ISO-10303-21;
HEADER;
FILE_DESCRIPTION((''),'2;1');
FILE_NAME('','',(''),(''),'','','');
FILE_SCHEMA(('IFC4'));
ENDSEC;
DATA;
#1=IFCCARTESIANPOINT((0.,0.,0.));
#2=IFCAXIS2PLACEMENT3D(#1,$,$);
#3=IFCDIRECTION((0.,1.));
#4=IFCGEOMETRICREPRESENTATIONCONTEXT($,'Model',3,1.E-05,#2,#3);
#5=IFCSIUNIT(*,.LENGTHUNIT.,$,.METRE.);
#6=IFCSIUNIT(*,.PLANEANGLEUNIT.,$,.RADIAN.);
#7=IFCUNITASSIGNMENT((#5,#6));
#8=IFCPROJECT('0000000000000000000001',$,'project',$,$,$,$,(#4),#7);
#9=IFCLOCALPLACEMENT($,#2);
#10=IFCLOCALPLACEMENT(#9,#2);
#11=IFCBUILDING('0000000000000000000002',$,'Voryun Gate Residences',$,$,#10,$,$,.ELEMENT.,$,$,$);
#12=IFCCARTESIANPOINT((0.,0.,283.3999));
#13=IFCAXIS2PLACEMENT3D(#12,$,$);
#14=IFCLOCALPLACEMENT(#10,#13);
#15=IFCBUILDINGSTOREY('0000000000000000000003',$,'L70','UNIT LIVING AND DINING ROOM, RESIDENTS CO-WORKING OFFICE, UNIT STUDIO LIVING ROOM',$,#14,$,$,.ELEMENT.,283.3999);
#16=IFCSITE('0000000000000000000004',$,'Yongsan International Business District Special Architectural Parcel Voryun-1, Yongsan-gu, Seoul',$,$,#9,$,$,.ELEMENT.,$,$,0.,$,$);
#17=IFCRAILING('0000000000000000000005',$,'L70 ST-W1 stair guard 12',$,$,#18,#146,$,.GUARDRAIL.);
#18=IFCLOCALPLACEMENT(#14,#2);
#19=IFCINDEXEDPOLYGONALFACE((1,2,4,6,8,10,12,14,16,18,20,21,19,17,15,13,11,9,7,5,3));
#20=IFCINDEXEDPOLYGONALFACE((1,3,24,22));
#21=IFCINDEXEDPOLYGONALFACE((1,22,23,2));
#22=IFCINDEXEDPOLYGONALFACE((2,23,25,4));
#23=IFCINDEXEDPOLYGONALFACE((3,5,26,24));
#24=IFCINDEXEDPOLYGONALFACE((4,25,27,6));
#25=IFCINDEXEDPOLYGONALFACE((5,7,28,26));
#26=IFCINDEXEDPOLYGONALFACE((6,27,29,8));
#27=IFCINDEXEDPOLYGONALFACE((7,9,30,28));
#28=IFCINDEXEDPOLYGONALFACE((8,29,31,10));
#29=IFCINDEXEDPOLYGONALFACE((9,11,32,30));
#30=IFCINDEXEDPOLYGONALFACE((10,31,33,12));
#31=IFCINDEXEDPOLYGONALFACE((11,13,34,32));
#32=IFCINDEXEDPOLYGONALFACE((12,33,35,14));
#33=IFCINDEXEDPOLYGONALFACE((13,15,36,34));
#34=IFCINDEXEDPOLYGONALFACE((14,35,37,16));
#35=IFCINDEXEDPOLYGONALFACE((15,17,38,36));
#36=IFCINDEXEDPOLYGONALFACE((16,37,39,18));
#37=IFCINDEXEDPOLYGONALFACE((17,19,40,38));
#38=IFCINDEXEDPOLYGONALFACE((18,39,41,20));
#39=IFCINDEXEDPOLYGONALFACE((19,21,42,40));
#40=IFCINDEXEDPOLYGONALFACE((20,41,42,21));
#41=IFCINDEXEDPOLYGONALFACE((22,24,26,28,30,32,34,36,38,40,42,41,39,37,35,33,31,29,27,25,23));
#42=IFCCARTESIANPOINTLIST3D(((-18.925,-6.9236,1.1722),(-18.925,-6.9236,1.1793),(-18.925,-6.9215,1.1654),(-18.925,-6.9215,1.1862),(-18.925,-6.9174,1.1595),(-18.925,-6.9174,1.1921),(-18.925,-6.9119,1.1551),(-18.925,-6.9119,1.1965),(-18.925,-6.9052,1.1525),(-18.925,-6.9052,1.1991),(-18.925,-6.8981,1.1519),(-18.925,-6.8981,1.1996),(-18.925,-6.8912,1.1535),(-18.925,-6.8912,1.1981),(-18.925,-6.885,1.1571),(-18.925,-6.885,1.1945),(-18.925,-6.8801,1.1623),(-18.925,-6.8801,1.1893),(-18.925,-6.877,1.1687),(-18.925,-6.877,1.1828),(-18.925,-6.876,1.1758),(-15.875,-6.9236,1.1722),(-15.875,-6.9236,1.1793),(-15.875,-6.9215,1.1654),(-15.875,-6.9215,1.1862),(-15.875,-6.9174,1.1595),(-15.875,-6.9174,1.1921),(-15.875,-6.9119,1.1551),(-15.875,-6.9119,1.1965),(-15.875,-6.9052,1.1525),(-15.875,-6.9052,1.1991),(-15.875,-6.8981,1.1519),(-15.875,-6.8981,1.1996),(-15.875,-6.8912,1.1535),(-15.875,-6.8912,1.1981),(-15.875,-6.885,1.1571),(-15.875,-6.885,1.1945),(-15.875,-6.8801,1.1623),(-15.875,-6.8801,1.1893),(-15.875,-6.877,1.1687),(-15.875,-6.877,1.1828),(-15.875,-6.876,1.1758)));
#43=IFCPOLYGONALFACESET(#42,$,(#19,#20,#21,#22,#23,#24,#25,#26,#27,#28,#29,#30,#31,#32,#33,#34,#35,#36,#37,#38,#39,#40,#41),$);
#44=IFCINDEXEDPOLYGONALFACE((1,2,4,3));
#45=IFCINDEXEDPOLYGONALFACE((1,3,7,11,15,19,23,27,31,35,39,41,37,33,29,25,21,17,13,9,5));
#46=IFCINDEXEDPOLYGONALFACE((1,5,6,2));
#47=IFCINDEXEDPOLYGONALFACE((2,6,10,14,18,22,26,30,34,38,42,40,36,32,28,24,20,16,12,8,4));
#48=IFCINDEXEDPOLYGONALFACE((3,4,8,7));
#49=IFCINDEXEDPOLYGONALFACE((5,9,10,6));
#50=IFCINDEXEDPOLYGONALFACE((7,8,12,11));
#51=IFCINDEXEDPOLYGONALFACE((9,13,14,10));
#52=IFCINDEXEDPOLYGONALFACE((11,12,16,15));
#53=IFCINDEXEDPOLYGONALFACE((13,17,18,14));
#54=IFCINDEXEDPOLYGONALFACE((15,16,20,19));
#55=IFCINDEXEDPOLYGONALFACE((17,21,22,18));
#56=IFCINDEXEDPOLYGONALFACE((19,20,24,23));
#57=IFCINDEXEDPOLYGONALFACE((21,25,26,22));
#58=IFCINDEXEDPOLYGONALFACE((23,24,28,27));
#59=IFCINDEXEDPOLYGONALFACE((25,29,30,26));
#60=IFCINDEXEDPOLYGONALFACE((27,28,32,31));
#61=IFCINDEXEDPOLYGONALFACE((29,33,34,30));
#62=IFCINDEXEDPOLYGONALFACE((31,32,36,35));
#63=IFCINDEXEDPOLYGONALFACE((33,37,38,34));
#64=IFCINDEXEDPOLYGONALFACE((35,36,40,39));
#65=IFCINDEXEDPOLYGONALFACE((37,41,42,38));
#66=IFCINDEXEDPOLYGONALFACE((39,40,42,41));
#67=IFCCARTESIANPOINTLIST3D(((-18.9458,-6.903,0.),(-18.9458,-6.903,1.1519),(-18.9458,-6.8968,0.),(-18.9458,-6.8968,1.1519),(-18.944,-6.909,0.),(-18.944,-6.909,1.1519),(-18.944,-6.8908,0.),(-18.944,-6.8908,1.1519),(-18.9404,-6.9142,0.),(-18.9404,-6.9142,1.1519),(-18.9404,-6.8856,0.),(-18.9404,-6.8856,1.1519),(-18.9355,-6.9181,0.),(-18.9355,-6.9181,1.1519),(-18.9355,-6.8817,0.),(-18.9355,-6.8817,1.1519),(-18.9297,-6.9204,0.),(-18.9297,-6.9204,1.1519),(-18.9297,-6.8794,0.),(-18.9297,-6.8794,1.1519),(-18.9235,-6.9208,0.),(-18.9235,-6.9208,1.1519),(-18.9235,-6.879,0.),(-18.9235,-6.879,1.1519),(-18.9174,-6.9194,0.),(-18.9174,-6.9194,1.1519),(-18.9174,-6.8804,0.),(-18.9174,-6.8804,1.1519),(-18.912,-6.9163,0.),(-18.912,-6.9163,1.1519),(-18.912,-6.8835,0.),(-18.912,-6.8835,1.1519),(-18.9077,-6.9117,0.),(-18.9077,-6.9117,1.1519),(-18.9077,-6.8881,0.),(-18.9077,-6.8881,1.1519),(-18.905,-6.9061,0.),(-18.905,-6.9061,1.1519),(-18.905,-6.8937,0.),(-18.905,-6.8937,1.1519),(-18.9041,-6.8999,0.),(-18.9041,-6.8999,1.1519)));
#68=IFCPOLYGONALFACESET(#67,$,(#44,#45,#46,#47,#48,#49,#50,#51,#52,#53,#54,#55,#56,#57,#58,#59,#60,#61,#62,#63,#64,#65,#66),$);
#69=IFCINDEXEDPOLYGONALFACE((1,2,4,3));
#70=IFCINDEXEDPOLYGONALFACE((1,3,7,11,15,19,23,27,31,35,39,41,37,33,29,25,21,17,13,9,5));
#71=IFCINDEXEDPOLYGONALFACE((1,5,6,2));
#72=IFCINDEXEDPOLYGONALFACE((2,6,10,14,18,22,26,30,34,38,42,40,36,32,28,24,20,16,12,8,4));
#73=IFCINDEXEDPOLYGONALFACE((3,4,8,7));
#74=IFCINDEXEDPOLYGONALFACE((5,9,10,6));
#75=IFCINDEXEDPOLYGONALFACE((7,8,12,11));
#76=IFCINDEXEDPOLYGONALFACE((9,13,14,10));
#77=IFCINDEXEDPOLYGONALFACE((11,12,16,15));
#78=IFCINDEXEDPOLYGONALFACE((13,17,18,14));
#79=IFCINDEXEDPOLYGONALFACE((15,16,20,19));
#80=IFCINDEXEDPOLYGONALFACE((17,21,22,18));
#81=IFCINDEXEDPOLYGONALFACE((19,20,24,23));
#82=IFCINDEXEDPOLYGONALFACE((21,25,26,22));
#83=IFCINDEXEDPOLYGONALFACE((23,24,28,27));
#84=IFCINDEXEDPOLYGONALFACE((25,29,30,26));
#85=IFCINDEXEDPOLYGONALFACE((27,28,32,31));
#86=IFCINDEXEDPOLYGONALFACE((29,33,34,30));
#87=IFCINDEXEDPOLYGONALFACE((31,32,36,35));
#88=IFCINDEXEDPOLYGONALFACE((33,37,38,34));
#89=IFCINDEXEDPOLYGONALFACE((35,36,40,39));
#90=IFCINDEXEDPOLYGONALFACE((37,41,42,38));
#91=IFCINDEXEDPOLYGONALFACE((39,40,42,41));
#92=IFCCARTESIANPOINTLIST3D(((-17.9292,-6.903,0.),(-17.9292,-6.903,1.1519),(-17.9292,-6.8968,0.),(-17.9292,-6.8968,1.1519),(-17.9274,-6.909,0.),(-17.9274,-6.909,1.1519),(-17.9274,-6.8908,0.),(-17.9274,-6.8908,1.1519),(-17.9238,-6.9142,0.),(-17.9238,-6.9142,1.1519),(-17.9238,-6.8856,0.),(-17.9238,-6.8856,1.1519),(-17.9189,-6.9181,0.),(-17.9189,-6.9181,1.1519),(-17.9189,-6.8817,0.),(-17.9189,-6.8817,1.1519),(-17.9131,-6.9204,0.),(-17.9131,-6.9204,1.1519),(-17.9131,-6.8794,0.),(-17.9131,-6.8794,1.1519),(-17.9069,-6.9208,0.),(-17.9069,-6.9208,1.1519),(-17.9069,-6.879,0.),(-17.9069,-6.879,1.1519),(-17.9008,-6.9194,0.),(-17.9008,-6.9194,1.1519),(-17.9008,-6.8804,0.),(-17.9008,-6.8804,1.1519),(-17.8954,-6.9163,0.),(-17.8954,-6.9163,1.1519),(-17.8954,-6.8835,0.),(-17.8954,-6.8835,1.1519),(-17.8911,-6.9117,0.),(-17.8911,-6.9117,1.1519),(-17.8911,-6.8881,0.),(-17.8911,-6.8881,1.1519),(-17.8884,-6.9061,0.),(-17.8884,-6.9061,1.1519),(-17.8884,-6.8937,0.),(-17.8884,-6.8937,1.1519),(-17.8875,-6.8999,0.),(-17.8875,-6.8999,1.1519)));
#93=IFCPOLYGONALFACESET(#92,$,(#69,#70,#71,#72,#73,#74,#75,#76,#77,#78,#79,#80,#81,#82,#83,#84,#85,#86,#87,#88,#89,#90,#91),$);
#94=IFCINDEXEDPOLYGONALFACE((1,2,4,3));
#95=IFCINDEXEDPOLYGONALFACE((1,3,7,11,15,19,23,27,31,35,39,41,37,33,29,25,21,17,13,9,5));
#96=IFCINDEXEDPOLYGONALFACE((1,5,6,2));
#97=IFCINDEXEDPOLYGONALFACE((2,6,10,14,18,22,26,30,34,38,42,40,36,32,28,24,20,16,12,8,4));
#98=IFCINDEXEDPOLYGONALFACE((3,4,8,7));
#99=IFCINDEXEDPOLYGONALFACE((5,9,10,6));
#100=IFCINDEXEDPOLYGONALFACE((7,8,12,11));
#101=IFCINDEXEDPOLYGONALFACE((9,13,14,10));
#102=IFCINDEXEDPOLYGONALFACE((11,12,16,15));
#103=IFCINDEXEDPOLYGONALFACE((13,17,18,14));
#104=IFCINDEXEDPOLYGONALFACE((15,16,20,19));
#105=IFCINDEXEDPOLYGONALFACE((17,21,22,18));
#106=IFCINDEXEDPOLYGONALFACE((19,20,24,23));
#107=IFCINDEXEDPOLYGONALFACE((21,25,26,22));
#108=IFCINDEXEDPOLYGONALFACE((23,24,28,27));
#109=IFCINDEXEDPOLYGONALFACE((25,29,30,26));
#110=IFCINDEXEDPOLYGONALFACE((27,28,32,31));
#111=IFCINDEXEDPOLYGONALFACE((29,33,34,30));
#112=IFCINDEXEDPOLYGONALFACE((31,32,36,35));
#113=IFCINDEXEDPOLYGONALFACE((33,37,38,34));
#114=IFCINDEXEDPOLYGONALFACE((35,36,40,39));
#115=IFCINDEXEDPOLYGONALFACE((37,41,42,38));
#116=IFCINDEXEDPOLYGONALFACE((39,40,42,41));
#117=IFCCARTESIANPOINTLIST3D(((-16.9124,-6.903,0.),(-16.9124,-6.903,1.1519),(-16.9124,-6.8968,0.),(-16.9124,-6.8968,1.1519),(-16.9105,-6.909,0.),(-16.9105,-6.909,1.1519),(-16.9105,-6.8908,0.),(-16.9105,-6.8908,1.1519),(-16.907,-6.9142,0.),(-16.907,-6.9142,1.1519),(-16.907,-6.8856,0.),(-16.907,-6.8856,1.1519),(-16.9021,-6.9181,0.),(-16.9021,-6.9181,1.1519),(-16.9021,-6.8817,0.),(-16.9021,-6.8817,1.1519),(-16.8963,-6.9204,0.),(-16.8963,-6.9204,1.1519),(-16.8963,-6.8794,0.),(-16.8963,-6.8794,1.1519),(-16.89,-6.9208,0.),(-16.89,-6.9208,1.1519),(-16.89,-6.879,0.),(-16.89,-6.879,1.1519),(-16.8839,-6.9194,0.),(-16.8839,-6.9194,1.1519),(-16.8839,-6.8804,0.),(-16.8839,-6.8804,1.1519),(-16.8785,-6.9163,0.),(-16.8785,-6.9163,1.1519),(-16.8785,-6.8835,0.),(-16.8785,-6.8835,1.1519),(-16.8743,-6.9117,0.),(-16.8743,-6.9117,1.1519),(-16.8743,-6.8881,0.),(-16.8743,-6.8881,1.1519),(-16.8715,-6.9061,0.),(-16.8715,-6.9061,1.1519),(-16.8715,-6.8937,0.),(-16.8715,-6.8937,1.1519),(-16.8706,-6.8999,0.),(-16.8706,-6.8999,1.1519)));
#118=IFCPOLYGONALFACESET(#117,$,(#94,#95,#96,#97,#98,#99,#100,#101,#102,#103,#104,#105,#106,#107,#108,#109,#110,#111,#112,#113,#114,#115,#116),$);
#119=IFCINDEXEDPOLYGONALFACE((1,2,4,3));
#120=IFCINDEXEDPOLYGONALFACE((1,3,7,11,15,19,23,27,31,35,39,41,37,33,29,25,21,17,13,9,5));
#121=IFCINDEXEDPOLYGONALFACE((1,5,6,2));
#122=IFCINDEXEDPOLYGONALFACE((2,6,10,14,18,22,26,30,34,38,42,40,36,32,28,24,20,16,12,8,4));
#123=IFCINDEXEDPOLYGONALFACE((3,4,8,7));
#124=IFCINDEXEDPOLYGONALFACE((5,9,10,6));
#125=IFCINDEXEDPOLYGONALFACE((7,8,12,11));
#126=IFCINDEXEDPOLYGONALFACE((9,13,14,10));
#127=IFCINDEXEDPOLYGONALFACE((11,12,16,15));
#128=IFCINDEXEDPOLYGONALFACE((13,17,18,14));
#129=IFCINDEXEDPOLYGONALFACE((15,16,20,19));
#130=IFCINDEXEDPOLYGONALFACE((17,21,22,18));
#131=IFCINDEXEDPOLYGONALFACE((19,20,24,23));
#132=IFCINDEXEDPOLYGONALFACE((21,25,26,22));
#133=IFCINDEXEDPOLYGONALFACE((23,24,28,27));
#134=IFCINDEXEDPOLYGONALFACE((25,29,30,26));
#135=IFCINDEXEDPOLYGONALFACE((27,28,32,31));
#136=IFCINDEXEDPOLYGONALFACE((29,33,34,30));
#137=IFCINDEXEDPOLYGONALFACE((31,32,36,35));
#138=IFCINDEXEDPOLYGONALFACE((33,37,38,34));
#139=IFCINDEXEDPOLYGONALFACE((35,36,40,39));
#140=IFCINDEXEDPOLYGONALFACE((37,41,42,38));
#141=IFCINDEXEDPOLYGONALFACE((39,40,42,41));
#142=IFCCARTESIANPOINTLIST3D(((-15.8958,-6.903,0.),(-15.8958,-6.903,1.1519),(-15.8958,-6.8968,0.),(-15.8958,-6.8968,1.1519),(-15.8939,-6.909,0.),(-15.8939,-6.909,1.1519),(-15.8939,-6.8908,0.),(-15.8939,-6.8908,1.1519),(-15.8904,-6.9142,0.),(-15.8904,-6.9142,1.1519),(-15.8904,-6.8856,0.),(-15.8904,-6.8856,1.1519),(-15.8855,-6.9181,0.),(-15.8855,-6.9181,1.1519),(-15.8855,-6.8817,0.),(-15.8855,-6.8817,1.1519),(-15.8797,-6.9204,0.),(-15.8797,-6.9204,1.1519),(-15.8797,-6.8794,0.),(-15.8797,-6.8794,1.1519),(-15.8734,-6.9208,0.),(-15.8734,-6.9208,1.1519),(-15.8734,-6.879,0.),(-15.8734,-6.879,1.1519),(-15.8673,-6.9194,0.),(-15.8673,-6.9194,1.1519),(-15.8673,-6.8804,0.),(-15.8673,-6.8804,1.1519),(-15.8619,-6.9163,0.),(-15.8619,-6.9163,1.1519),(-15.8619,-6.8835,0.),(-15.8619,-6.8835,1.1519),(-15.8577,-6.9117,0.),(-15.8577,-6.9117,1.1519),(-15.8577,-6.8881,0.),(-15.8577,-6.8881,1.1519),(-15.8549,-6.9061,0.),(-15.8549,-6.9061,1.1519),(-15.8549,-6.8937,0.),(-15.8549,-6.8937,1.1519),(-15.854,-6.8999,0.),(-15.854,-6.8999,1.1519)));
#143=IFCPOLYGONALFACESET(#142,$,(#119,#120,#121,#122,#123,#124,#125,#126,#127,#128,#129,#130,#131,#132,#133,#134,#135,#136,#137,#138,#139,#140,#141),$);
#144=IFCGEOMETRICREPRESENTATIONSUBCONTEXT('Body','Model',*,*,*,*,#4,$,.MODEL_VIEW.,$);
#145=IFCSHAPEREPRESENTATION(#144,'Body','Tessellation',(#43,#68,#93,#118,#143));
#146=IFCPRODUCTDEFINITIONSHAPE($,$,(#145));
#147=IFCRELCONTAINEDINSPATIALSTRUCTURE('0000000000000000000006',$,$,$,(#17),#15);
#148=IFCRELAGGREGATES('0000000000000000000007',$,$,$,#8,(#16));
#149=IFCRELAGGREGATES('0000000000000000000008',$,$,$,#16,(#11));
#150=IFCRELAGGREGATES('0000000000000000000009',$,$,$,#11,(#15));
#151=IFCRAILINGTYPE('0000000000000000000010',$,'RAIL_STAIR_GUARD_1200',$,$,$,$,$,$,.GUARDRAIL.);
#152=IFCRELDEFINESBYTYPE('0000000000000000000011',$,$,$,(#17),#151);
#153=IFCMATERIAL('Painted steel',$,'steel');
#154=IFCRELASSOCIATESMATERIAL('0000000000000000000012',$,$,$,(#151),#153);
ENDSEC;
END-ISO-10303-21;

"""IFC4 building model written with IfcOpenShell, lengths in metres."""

from ifc_helpers import new_model, si_unit, direction, frame, origin, origin_2d, place, context, subcontext, project, spatial, circle, extrude, material, type_object, element, save


model = new_model("IFC4")

# Units and contexts
model_context = context("Model", 3, precision=1e-05, world=origin(), true_north=direction((0.0, 1.0)))
body_context = subcontext(model_context, "Body", "Model", "MODEL_VIEW")
ifc_project = project(units=[si_unit("LENGTHUNIT", "METRE"), si_unit("PLANEANGLEUNIT", "RADIAN")], contexts=[model_context])

# Site, building, storey
site_placement = place(None, origin())
site = spatial("IfcSite", under=ifc_project, at=site_placement, Name="Yongsan International Business District Special Architectural Parcel Voryun-1, Yongsan-gu, Seoul", CompositionType="ELEMENT", RefElevation=0.0)
building_placement = place(site_placement, origin())
building = spatial("IfcBuilding", under=site, at=building_placement, Name="Voryun Gate Residences", CompositionType="ELEMENT")
storey_placement = place(building_placement, frame((0.0, 0.0, 283.3999)))
storey = spatial("IfcBuildingStorey", under=building, at=storey_placement, Name="L70", Description="UNIT LIVING AND DINING ROOM, RESIDENTS CO-WORKING OFFICE, UNIT STUDIO LIVING ROOM", CompositionType="ELEMENT", Elevation=283.3999)

# Railing
ifc_material_1 = material(Name="Painted steel", Category="steel")
railing_type_1 = type_object("IfcRailingType", Name="RAIL_STAIR_GUARD_1200", PredefinedType="GUARDRAIL", material=ifc_material_1)
railing_1_placement = place(storey_placement, frame((-18.925, -6.8999, 0.0)))
element("IfcRailing", 1, at=railing_1_placement, inside=storey, type_object=railing_type_1, Name="L70 ST-W1 stair guard 12", PredefinedType="GUARDRAIL", context=body_context, shape_type="SweptSolid", body=[
    extrude(circle(Radius=0.0239, at=origin_2d()), frame((0.0, 0.0, 1.1758), z_axis=(1.0, 0.0, 0.0), x_axis=(0.0, 1.0, 0.0)), (0.0, 0.0, 1.0), 3.05),
    extrude(circle(Radius=0.021, at=origin_2d()), origin(), (0.0, 0.0, 1.0), 1.1519),
    extrude(circle(Radius=0.021, at=origin_2d()), frame((1.0166, 0.0, 0.0)), (0.0, 0.0, 1.0), 1.1519),
    extrude(circle(Radius=0.021, at=origin_2d()), frame((2.0334, 0.0, 0.0)), (0.0, 0.0, 1.0), 1.1519),
    extrude(circle(Radius=0.021, at=origin_2d()), frame((3.05, 0.0, 0.0)), (0.0, 0.0, 1.0), 1.1519),
])

save(model, "model.ifc")
